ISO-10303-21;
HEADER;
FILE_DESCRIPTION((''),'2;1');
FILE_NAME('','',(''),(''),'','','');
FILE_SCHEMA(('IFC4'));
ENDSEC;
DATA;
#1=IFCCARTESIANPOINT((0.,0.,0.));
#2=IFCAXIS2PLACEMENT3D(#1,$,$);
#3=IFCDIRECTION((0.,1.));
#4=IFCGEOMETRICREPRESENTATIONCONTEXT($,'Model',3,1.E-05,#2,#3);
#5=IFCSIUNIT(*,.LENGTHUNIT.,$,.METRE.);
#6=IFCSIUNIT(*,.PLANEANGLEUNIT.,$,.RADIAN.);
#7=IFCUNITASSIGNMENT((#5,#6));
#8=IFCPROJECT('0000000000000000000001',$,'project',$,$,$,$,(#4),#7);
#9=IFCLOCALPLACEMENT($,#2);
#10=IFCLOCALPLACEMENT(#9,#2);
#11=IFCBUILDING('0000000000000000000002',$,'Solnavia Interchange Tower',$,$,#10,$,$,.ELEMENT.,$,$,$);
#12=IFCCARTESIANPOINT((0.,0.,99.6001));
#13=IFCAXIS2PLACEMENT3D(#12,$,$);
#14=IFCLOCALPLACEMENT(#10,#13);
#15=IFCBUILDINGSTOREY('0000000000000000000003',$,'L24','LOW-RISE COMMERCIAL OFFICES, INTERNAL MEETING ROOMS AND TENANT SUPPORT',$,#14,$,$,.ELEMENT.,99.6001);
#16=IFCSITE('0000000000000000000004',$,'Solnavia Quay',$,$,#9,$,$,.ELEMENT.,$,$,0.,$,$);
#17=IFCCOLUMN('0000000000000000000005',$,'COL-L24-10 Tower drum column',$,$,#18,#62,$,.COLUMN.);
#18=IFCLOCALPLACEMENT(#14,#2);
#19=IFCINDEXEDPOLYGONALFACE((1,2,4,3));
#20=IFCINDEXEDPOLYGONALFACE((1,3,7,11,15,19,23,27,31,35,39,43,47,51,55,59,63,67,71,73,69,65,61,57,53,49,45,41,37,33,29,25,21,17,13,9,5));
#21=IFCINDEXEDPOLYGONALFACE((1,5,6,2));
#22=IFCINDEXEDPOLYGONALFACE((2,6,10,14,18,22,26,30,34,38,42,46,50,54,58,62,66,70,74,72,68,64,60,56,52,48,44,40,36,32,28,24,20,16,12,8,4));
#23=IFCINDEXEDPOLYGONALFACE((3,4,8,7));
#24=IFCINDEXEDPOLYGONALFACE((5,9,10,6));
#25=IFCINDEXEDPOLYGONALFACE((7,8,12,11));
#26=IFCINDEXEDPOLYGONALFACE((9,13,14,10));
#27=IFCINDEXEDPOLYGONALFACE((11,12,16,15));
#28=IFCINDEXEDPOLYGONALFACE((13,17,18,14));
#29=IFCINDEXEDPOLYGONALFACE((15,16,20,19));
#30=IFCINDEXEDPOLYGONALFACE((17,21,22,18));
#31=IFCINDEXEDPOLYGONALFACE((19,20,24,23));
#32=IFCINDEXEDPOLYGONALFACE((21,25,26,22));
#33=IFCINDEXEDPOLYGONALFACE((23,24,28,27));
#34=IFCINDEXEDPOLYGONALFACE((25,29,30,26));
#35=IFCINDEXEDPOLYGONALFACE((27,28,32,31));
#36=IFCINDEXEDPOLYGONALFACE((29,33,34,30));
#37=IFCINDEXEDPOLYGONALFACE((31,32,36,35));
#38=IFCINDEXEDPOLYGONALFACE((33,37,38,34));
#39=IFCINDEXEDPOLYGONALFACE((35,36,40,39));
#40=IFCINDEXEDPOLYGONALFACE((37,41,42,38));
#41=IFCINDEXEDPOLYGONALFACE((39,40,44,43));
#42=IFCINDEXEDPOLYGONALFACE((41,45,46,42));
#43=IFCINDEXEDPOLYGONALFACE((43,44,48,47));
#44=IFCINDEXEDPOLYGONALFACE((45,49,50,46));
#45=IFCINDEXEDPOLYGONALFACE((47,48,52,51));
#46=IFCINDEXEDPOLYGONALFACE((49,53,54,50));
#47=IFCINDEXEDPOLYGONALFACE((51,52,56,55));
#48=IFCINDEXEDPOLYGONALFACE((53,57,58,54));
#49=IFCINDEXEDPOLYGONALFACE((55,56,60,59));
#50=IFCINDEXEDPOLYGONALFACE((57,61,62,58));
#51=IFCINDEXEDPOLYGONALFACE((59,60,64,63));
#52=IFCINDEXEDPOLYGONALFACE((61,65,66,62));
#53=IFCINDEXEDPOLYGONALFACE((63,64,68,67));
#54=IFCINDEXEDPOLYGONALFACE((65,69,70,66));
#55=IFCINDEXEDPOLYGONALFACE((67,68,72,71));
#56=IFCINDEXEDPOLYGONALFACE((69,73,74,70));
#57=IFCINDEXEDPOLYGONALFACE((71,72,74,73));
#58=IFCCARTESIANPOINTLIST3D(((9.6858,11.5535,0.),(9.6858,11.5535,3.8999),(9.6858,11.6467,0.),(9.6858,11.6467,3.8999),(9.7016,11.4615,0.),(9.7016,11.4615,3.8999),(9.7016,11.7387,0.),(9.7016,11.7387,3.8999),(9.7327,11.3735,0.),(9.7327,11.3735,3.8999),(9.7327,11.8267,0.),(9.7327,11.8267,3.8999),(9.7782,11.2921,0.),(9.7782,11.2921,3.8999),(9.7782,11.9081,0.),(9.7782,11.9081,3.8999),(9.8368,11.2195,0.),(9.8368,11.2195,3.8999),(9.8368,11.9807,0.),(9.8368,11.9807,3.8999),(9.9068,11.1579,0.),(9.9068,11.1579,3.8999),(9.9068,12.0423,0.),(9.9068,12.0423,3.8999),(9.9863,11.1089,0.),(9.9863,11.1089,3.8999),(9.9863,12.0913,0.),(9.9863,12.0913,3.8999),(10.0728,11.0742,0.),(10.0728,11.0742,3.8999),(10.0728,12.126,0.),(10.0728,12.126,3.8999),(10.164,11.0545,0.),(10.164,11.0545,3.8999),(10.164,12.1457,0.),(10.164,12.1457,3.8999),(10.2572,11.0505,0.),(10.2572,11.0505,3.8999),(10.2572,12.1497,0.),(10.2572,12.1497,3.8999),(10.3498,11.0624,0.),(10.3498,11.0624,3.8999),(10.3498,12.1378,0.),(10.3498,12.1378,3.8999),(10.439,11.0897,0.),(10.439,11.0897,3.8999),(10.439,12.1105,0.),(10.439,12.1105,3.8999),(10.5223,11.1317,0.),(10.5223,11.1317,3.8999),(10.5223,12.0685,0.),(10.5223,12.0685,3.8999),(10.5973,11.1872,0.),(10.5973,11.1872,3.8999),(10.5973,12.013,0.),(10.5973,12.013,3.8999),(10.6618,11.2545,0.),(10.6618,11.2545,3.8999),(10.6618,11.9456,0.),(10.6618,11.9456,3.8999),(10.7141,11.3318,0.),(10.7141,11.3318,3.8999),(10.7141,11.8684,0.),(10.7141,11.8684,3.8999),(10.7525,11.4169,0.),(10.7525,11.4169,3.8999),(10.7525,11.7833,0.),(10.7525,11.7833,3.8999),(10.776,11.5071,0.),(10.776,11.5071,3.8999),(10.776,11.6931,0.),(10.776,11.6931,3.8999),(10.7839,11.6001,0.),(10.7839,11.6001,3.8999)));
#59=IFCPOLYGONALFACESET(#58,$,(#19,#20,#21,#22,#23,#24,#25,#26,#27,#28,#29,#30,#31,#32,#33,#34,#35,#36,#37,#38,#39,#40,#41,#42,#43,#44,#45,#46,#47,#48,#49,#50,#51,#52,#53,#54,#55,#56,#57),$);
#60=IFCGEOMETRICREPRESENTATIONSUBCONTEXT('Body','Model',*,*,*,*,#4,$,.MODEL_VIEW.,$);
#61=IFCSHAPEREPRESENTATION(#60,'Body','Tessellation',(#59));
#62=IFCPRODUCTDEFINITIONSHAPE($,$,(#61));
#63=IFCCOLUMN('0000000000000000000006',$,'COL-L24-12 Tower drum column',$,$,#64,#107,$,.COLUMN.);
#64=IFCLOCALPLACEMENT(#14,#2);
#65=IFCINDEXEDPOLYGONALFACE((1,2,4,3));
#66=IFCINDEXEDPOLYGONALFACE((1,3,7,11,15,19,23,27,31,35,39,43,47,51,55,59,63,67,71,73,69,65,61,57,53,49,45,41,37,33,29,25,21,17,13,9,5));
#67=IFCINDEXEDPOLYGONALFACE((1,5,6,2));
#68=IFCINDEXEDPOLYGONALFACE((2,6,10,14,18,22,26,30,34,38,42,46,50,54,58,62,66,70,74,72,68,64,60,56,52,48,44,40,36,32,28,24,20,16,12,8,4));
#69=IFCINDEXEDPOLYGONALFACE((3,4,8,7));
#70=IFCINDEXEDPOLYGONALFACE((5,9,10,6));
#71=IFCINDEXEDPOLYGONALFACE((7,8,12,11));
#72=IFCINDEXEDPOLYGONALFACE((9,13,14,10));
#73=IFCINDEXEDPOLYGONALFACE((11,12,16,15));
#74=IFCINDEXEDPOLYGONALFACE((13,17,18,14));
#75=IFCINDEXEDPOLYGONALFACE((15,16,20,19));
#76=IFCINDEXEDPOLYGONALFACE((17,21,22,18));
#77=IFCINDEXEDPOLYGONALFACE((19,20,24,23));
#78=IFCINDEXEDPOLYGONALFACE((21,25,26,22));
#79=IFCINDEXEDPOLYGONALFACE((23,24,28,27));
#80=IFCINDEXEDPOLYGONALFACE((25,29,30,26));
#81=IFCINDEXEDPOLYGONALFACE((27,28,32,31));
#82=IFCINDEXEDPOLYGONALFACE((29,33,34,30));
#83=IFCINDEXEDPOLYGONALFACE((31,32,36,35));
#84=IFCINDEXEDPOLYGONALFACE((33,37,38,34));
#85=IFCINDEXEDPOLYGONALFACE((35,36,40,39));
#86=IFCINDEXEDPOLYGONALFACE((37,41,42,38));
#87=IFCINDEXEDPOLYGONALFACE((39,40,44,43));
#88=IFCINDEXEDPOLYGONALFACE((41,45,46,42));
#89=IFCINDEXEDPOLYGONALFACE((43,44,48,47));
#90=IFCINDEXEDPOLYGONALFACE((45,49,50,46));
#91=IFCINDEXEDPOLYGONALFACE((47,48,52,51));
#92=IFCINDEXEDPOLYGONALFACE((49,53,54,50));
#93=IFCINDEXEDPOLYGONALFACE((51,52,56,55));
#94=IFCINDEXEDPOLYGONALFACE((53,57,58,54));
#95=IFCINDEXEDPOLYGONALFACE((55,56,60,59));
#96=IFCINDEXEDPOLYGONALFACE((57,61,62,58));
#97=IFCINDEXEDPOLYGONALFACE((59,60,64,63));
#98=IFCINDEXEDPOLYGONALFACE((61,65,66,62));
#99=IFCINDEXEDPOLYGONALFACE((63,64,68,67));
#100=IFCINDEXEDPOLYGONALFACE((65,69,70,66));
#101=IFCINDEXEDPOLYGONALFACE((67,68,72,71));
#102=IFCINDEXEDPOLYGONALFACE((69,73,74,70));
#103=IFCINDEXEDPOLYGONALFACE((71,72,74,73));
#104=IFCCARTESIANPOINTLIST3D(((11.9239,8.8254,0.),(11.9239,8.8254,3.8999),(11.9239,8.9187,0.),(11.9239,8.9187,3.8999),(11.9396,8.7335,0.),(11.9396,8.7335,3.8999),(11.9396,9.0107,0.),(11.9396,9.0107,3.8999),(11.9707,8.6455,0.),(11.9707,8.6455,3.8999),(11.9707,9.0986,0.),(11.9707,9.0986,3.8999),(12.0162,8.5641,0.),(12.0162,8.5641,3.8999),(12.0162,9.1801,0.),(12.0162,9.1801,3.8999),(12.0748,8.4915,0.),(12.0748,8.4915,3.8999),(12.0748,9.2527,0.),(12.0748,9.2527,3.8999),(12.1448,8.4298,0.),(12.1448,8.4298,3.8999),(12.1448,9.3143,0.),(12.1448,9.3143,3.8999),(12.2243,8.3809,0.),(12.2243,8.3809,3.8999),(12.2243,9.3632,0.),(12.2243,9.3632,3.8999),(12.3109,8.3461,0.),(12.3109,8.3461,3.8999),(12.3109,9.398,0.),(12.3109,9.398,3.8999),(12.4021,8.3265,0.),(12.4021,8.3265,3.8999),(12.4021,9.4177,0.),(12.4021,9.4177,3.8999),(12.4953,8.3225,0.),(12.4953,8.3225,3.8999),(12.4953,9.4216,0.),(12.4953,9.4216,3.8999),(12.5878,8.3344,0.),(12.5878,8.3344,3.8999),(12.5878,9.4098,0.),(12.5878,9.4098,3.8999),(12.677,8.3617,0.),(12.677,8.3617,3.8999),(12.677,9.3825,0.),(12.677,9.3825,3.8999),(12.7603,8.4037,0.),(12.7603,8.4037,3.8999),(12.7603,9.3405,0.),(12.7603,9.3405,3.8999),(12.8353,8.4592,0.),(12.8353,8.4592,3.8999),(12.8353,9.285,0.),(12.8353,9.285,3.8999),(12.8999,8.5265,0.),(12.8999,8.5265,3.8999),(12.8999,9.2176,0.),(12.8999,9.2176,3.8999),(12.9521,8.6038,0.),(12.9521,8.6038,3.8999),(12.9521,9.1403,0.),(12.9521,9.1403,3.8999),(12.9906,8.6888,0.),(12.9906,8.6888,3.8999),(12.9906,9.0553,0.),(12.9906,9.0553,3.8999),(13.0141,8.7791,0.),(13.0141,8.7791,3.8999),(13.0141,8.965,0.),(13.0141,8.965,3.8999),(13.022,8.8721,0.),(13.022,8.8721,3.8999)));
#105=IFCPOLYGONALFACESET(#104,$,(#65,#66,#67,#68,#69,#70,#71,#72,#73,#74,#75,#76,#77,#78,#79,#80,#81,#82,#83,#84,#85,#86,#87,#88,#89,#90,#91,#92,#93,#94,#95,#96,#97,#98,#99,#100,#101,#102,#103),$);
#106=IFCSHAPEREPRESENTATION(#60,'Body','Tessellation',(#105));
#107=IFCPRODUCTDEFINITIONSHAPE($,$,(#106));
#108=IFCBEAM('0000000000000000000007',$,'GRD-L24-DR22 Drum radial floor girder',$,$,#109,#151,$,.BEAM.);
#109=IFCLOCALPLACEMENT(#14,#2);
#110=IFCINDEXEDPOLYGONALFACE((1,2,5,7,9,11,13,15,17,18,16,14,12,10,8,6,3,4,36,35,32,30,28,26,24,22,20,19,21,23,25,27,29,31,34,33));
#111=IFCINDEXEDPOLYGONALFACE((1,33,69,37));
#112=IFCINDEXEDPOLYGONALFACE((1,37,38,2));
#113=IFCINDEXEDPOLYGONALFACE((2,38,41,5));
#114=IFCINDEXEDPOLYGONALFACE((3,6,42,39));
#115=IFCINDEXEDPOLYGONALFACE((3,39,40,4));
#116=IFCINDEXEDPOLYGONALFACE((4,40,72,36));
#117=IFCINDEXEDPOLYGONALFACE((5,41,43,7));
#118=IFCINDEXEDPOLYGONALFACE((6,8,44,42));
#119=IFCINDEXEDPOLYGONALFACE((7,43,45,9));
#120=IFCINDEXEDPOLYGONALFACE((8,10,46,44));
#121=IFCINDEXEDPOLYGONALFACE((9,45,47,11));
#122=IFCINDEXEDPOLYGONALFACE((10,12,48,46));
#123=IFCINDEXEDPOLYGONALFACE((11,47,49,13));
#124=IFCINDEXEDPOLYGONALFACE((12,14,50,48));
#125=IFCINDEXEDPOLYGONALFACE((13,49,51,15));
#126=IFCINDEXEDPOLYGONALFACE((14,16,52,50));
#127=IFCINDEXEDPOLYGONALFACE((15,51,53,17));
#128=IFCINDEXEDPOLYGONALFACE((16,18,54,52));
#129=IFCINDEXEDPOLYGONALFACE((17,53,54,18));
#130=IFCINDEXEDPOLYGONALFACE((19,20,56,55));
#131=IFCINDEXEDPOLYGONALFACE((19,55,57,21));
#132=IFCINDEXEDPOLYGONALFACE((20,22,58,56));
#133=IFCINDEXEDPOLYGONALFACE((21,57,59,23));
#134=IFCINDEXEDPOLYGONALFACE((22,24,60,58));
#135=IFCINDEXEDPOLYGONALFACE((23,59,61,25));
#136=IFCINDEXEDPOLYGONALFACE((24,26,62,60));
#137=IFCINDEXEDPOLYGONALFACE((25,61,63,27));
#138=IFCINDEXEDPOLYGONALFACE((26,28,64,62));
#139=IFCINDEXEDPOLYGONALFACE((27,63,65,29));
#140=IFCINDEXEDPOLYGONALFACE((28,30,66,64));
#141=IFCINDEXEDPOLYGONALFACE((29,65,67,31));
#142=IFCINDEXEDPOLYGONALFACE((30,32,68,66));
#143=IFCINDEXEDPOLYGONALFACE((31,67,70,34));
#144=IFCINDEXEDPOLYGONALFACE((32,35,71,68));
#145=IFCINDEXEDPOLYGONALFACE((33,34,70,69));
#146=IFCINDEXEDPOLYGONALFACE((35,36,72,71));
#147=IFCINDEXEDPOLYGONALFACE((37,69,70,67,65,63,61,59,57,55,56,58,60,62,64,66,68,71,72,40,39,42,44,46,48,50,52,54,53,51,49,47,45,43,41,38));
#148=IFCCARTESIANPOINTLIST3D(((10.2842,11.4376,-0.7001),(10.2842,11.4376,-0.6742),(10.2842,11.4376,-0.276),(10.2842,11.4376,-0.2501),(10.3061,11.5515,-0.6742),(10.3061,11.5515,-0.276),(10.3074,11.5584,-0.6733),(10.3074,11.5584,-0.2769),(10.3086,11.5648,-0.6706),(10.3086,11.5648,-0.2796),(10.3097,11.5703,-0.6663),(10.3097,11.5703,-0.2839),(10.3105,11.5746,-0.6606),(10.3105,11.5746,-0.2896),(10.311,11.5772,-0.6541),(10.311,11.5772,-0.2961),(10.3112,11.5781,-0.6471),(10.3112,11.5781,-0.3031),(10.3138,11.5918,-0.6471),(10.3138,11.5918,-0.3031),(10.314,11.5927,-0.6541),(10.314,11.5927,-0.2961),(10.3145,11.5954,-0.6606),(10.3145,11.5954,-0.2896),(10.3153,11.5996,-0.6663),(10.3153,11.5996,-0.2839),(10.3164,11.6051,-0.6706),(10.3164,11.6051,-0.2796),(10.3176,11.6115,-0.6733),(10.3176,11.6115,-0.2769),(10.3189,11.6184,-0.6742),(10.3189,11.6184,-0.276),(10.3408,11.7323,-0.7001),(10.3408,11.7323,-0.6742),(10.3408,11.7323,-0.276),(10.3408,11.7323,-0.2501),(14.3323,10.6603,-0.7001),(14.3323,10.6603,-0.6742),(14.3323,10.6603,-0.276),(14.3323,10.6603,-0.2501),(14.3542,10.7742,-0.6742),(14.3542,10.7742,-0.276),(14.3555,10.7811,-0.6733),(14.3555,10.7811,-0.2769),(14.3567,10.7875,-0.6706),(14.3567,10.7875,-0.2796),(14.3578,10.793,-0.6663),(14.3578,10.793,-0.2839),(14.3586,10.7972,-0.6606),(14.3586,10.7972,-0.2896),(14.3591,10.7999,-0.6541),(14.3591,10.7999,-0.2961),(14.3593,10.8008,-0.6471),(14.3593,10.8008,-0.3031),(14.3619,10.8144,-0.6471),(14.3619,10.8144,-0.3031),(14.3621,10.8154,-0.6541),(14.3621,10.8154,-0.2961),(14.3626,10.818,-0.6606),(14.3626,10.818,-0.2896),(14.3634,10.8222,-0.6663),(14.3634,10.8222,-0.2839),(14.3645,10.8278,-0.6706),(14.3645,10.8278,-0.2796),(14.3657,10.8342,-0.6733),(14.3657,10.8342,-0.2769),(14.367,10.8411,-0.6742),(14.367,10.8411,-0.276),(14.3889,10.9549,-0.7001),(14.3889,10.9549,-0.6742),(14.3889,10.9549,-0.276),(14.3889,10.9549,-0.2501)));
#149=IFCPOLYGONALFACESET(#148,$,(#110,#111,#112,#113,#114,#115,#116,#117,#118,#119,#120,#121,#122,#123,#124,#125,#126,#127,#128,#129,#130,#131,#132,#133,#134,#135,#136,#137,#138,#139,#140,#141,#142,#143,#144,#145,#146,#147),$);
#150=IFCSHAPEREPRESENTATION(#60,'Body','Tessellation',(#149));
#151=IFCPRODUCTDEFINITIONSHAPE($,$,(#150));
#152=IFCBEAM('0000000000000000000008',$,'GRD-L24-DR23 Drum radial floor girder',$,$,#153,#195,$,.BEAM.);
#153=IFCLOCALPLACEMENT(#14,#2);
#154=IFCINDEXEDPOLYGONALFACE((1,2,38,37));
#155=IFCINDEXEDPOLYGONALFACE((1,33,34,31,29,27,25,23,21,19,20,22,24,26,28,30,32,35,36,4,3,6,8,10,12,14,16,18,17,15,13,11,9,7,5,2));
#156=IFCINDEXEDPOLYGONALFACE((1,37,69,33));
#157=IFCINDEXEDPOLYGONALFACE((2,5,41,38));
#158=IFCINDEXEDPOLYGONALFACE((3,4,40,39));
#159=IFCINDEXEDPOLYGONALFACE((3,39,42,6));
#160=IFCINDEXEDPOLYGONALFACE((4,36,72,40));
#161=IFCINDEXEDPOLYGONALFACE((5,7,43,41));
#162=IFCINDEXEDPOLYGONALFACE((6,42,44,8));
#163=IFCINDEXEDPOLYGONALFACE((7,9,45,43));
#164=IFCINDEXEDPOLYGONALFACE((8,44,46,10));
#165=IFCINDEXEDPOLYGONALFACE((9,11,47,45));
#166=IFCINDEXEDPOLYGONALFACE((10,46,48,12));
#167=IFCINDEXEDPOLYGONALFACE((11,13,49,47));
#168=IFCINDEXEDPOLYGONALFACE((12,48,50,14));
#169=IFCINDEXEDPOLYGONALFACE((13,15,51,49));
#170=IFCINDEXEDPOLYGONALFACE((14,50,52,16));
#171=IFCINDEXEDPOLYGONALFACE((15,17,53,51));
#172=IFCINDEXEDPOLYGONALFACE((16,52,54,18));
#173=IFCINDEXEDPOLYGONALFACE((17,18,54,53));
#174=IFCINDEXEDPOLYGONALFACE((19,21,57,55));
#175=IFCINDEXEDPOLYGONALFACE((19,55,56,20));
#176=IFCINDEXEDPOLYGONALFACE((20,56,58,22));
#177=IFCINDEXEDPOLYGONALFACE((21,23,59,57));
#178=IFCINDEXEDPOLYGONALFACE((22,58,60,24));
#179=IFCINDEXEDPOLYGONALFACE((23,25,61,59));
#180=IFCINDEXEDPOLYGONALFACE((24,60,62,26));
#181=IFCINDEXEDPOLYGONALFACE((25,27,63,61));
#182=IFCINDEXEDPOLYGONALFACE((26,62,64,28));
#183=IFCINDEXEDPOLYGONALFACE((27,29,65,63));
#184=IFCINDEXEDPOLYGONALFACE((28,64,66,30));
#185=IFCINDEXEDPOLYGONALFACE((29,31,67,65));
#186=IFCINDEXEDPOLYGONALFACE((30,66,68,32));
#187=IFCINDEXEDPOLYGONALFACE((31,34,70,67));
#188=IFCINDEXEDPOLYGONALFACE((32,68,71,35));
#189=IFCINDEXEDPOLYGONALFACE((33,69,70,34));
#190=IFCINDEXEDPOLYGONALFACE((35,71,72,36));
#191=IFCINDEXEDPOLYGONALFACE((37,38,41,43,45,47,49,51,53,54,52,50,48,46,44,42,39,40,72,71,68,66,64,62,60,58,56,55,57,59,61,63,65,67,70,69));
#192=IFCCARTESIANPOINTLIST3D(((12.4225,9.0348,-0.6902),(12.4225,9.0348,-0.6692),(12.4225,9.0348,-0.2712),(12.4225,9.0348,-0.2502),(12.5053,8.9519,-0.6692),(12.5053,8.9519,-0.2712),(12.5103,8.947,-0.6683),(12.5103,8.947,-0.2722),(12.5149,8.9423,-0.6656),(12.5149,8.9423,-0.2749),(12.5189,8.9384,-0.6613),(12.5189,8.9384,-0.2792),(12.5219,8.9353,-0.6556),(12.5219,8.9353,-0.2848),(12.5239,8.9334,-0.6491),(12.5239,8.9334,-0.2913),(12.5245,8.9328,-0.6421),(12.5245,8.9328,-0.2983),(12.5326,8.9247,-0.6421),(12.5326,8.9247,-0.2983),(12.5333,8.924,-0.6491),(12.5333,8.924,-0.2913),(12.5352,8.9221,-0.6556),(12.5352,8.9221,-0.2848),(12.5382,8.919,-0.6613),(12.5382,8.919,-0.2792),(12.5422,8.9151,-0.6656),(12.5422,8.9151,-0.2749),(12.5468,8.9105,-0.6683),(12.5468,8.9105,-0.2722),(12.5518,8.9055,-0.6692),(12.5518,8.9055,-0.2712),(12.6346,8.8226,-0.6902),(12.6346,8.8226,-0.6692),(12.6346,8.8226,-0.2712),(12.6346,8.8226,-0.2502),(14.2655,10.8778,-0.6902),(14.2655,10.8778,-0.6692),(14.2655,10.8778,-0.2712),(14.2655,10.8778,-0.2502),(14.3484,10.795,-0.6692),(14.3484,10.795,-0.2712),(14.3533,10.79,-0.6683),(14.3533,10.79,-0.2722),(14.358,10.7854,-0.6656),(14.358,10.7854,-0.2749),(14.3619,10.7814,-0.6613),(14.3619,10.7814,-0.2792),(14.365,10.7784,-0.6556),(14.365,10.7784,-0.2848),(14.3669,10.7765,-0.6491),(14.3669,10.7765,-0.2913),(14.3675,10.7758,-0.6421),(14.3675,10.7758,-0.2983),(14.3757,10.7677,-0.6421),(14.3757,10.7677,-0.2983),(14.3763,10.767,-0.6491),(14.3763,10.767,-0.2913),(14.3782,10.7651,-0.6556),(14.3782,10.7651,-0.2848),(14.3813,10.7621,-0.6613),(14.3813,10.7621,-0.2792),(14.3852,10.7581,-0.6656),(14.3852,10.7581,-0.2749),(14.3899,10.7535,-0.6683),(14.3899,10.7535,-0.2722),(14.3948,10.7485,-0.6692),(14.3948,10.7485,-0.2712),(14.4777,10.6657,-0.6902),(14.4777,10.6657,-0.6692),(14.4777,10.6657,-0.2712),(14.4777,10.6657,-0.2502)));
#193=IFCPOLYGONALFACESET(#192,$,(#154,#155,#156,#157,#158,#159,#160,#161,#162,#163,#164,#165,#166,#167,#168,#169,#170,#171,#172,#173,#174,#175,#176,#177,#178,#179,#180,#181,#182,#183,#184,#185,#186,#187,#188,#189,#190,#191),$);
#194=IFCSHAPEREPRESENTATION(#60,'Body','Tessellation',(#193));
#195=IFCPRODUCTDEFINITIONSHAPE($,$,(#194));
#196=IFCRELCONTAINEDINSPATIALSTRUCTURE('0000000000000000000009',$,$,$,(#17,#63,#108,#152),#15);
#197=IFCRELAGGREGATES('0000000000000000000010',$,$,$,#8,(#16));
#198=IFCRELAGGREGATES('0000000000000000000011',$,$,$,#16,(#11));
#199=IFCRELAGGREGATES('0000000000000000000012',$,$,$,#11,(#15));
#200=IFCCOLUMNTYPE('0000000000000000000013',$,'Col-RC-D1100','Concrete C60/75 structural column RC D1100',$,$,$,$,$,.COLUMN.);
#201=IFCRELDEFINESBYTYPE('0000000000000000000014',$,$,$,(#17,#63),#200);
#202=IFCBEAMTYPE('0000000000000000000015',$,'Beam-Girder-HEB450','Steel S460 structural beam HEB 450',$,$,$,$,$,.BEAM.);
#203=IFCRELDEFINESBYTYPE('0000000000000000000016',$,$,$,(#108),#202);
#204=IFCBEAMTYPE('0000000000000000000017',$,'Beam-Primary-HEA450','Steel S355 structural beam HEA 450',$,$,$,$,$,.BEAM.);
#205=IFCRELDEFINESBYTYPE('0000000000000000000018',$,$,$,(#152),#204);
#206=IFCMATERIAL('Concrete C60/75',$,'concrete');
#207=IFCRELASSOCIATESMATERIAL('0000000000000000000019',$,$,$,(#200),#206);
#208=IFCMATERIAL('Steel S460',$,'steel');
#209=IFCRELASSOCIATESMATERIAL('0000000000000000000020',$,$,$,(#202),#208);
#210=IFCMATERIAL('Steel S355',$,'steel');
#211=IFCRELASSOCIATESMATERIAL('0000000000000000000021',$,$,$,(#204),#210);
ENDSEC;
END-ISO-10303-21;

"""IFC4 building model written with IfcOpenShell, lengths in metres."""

from ifc_helpers import new_model, si_unit, direction, frame, origin, origin_2d, place, context, subcontext, project, spatial, circle, i_section, extrude, material, material_profile, profile_set, type_object, element, save


model = new_model("IFC4")

# Units and contexts
model_context = context("Model", 3, precision=1e-05, world=origin(), true_north=direction((0.0, 1.0)))
body_context = subcontext(model_context, "Body", "Model", "MODEL_VIEW")
ifc_project = project(units=[si_unit("LENGTHUNIT", "METRE"), si_unit("PLANEANGLEUNIT", "RADIAN")], contexts=[model_context])

# Site, building, storey
site_placement = place(None, origin())
site = spatial("IfcSite", under=ifc_project, at=site_placement, Name="Solnavia Quay", CompositionType="ELEMENT", RefElevation=0.0)
building_placement = place(site_placement, origin())
building = spatial("IfcBuilding", under=site, at=building_placement, Name="Solnavia Interchange Tower", CompositionType="ELEMENT")
storey_placement = place(building_placement, frame((0.0, 0.0, 99.6001)))
storey = spatial("IfcBuildingStorey", under=building, at=storey_placement, Name="L24", Description="LOW-RISE COMMERCIAL OFFICES, INTERNAL MEETING ROOMS AND TENANT SUPPORT", CompositionType="ELEMENT", Elevation=99.6001)

# Columns
ifc_material_1 = material(Name="Concrete C60/75", Category="concrete")
ifc_material_profile_1 = material_profile(ifc_material_1, circle(Radius=0.55, at=origin_2d()), Name="RC D1100")
ifc_profile_set_1 = profile_set([ifc_material_profile_1], Name="Concrete C60/75")
column_type = type_object("IfcColumnType", Name="Col-RC-D1100", Description="Concrete C60/75 structural column RC D1100", PredefinedType="COLUMN", material=ifc_profile_set_1)
for number, where, z_axis, x_axis, name in (
    (1, (10.2339, 11.6001, 0.0), (0.0, 0.0, 1.0), (1.0, 0.0, 0.0), "COL-L24-10 Tower drum column"),
    (2, (12.4719, 8.8721, 0.0), (0.0, 0.0, 1.0), (1.0, 0.0, 0.0), "COL-L24-12 Tower drum column"),
):
    element("IfcColumn", number, at=place(storey_placement, frame(where, z_axis=z_axis, x_axis=x_axis)), inside=storey, type_object=column_type, Name=name, PredefinedType="COLUMN", context=body_context, shape_type="SweptSolid", body=[
        extrude(circle(Radius=0.55, at=origin_2d()), origin(), (0.0, 0.0, 1.0), 3.8999),
    ])

# Beams
ifc_material_2 = material(Name="Steel S460", Category="steel")
ifc_material_profile_2 = material_profile(ifc_material_2, i_section(OverallWidth=0.3, OverallDepth=0.45, WebThickness=0.0139, FlangeThickness=0.0259, FilletRadius=0.0271, at=origin_2d()), Name="HEB 450")
ifc_profile_set_2 = profile_set([ifc_material_profile_2], Name="Steel S460")
beam_type_1 = type_object("IfcBeamType", Name="Beam-Girder-HEB450", Description="Steel S460 structural beam HEB 450", PredefinedType="BEAM", material=ifc_profile_set_2)
beam_1_placement = place(storey_placement, frame((10.3125, 11.585, -0.4751), z_axis=(0.982058, -0.188582, 0.0), x_axis=(0.188582, 0.982058, 0.0)))
element("IfcBeam", 3, at=beam_1_placement, inside=storey, type_object=beam_type_1, Name="GRD-L24-DR22 Drum radial floor girder", PredefinedType="BEAM", context=body_context, shape_type="SweptSolid", body=[
    extrude(i_section(OverallWidth=0.3, OverallDepth=0.45, WebThickness=0.0139, FlangeThickness=0.0259, FilletRadius=0.0271, at=origin_2d()), origin(), (0.0, 0.0, 1.0), 4.1221),
])
ifc_material_3 = material(Name="Steel S355", Category="steel")
ifc_material_profile_3 = material_profile(ifc_material_3, i_section(OverallWidth=0.3, OverallDepth=0.4399, WebThickness=0.0115, FlangeThickness=0.021, FilletRadius=0.0271, at=origin_2d()), Name="HEA 450")
ifc_profile_set_3 = profile_set([ifc_material_profile_3], Name="Steel S355")
beam_type_2 = type_object("IfcBeamType", Name="Beam-Primary-HEA450", Description="Steel S355 structural beam HEA 450", PredefinedType="BEAM", material=ifc_profile_set_3)
beam_2_placement = place(storey_placement, frame((12.5286, 8.9287, -0.4702), z_axis=(0.707107, 0.707107, 0.0), x_axis=(-0.707107, 0.707107, 0.0)))
element("IfcBeam", 4, at=beam_2_placement, inside=storey, type_object=beam_type_2, Name="GRD-L24-DR23 Drum radial floor girder", PredefinedType="BEAM", context=body_context, shape_type="SweptSolid", body=[
    extrude(i_section(OverallWidth=0.3, OverallDepth=0.4399, WebThickness=0.0115, FlangeThickness=0.021, FilletRadius=0.0271, at=origin_2d()), origin(), (0.0, 0.0, 1.0), 2.6064),
])

save(model, "model.ifc")
